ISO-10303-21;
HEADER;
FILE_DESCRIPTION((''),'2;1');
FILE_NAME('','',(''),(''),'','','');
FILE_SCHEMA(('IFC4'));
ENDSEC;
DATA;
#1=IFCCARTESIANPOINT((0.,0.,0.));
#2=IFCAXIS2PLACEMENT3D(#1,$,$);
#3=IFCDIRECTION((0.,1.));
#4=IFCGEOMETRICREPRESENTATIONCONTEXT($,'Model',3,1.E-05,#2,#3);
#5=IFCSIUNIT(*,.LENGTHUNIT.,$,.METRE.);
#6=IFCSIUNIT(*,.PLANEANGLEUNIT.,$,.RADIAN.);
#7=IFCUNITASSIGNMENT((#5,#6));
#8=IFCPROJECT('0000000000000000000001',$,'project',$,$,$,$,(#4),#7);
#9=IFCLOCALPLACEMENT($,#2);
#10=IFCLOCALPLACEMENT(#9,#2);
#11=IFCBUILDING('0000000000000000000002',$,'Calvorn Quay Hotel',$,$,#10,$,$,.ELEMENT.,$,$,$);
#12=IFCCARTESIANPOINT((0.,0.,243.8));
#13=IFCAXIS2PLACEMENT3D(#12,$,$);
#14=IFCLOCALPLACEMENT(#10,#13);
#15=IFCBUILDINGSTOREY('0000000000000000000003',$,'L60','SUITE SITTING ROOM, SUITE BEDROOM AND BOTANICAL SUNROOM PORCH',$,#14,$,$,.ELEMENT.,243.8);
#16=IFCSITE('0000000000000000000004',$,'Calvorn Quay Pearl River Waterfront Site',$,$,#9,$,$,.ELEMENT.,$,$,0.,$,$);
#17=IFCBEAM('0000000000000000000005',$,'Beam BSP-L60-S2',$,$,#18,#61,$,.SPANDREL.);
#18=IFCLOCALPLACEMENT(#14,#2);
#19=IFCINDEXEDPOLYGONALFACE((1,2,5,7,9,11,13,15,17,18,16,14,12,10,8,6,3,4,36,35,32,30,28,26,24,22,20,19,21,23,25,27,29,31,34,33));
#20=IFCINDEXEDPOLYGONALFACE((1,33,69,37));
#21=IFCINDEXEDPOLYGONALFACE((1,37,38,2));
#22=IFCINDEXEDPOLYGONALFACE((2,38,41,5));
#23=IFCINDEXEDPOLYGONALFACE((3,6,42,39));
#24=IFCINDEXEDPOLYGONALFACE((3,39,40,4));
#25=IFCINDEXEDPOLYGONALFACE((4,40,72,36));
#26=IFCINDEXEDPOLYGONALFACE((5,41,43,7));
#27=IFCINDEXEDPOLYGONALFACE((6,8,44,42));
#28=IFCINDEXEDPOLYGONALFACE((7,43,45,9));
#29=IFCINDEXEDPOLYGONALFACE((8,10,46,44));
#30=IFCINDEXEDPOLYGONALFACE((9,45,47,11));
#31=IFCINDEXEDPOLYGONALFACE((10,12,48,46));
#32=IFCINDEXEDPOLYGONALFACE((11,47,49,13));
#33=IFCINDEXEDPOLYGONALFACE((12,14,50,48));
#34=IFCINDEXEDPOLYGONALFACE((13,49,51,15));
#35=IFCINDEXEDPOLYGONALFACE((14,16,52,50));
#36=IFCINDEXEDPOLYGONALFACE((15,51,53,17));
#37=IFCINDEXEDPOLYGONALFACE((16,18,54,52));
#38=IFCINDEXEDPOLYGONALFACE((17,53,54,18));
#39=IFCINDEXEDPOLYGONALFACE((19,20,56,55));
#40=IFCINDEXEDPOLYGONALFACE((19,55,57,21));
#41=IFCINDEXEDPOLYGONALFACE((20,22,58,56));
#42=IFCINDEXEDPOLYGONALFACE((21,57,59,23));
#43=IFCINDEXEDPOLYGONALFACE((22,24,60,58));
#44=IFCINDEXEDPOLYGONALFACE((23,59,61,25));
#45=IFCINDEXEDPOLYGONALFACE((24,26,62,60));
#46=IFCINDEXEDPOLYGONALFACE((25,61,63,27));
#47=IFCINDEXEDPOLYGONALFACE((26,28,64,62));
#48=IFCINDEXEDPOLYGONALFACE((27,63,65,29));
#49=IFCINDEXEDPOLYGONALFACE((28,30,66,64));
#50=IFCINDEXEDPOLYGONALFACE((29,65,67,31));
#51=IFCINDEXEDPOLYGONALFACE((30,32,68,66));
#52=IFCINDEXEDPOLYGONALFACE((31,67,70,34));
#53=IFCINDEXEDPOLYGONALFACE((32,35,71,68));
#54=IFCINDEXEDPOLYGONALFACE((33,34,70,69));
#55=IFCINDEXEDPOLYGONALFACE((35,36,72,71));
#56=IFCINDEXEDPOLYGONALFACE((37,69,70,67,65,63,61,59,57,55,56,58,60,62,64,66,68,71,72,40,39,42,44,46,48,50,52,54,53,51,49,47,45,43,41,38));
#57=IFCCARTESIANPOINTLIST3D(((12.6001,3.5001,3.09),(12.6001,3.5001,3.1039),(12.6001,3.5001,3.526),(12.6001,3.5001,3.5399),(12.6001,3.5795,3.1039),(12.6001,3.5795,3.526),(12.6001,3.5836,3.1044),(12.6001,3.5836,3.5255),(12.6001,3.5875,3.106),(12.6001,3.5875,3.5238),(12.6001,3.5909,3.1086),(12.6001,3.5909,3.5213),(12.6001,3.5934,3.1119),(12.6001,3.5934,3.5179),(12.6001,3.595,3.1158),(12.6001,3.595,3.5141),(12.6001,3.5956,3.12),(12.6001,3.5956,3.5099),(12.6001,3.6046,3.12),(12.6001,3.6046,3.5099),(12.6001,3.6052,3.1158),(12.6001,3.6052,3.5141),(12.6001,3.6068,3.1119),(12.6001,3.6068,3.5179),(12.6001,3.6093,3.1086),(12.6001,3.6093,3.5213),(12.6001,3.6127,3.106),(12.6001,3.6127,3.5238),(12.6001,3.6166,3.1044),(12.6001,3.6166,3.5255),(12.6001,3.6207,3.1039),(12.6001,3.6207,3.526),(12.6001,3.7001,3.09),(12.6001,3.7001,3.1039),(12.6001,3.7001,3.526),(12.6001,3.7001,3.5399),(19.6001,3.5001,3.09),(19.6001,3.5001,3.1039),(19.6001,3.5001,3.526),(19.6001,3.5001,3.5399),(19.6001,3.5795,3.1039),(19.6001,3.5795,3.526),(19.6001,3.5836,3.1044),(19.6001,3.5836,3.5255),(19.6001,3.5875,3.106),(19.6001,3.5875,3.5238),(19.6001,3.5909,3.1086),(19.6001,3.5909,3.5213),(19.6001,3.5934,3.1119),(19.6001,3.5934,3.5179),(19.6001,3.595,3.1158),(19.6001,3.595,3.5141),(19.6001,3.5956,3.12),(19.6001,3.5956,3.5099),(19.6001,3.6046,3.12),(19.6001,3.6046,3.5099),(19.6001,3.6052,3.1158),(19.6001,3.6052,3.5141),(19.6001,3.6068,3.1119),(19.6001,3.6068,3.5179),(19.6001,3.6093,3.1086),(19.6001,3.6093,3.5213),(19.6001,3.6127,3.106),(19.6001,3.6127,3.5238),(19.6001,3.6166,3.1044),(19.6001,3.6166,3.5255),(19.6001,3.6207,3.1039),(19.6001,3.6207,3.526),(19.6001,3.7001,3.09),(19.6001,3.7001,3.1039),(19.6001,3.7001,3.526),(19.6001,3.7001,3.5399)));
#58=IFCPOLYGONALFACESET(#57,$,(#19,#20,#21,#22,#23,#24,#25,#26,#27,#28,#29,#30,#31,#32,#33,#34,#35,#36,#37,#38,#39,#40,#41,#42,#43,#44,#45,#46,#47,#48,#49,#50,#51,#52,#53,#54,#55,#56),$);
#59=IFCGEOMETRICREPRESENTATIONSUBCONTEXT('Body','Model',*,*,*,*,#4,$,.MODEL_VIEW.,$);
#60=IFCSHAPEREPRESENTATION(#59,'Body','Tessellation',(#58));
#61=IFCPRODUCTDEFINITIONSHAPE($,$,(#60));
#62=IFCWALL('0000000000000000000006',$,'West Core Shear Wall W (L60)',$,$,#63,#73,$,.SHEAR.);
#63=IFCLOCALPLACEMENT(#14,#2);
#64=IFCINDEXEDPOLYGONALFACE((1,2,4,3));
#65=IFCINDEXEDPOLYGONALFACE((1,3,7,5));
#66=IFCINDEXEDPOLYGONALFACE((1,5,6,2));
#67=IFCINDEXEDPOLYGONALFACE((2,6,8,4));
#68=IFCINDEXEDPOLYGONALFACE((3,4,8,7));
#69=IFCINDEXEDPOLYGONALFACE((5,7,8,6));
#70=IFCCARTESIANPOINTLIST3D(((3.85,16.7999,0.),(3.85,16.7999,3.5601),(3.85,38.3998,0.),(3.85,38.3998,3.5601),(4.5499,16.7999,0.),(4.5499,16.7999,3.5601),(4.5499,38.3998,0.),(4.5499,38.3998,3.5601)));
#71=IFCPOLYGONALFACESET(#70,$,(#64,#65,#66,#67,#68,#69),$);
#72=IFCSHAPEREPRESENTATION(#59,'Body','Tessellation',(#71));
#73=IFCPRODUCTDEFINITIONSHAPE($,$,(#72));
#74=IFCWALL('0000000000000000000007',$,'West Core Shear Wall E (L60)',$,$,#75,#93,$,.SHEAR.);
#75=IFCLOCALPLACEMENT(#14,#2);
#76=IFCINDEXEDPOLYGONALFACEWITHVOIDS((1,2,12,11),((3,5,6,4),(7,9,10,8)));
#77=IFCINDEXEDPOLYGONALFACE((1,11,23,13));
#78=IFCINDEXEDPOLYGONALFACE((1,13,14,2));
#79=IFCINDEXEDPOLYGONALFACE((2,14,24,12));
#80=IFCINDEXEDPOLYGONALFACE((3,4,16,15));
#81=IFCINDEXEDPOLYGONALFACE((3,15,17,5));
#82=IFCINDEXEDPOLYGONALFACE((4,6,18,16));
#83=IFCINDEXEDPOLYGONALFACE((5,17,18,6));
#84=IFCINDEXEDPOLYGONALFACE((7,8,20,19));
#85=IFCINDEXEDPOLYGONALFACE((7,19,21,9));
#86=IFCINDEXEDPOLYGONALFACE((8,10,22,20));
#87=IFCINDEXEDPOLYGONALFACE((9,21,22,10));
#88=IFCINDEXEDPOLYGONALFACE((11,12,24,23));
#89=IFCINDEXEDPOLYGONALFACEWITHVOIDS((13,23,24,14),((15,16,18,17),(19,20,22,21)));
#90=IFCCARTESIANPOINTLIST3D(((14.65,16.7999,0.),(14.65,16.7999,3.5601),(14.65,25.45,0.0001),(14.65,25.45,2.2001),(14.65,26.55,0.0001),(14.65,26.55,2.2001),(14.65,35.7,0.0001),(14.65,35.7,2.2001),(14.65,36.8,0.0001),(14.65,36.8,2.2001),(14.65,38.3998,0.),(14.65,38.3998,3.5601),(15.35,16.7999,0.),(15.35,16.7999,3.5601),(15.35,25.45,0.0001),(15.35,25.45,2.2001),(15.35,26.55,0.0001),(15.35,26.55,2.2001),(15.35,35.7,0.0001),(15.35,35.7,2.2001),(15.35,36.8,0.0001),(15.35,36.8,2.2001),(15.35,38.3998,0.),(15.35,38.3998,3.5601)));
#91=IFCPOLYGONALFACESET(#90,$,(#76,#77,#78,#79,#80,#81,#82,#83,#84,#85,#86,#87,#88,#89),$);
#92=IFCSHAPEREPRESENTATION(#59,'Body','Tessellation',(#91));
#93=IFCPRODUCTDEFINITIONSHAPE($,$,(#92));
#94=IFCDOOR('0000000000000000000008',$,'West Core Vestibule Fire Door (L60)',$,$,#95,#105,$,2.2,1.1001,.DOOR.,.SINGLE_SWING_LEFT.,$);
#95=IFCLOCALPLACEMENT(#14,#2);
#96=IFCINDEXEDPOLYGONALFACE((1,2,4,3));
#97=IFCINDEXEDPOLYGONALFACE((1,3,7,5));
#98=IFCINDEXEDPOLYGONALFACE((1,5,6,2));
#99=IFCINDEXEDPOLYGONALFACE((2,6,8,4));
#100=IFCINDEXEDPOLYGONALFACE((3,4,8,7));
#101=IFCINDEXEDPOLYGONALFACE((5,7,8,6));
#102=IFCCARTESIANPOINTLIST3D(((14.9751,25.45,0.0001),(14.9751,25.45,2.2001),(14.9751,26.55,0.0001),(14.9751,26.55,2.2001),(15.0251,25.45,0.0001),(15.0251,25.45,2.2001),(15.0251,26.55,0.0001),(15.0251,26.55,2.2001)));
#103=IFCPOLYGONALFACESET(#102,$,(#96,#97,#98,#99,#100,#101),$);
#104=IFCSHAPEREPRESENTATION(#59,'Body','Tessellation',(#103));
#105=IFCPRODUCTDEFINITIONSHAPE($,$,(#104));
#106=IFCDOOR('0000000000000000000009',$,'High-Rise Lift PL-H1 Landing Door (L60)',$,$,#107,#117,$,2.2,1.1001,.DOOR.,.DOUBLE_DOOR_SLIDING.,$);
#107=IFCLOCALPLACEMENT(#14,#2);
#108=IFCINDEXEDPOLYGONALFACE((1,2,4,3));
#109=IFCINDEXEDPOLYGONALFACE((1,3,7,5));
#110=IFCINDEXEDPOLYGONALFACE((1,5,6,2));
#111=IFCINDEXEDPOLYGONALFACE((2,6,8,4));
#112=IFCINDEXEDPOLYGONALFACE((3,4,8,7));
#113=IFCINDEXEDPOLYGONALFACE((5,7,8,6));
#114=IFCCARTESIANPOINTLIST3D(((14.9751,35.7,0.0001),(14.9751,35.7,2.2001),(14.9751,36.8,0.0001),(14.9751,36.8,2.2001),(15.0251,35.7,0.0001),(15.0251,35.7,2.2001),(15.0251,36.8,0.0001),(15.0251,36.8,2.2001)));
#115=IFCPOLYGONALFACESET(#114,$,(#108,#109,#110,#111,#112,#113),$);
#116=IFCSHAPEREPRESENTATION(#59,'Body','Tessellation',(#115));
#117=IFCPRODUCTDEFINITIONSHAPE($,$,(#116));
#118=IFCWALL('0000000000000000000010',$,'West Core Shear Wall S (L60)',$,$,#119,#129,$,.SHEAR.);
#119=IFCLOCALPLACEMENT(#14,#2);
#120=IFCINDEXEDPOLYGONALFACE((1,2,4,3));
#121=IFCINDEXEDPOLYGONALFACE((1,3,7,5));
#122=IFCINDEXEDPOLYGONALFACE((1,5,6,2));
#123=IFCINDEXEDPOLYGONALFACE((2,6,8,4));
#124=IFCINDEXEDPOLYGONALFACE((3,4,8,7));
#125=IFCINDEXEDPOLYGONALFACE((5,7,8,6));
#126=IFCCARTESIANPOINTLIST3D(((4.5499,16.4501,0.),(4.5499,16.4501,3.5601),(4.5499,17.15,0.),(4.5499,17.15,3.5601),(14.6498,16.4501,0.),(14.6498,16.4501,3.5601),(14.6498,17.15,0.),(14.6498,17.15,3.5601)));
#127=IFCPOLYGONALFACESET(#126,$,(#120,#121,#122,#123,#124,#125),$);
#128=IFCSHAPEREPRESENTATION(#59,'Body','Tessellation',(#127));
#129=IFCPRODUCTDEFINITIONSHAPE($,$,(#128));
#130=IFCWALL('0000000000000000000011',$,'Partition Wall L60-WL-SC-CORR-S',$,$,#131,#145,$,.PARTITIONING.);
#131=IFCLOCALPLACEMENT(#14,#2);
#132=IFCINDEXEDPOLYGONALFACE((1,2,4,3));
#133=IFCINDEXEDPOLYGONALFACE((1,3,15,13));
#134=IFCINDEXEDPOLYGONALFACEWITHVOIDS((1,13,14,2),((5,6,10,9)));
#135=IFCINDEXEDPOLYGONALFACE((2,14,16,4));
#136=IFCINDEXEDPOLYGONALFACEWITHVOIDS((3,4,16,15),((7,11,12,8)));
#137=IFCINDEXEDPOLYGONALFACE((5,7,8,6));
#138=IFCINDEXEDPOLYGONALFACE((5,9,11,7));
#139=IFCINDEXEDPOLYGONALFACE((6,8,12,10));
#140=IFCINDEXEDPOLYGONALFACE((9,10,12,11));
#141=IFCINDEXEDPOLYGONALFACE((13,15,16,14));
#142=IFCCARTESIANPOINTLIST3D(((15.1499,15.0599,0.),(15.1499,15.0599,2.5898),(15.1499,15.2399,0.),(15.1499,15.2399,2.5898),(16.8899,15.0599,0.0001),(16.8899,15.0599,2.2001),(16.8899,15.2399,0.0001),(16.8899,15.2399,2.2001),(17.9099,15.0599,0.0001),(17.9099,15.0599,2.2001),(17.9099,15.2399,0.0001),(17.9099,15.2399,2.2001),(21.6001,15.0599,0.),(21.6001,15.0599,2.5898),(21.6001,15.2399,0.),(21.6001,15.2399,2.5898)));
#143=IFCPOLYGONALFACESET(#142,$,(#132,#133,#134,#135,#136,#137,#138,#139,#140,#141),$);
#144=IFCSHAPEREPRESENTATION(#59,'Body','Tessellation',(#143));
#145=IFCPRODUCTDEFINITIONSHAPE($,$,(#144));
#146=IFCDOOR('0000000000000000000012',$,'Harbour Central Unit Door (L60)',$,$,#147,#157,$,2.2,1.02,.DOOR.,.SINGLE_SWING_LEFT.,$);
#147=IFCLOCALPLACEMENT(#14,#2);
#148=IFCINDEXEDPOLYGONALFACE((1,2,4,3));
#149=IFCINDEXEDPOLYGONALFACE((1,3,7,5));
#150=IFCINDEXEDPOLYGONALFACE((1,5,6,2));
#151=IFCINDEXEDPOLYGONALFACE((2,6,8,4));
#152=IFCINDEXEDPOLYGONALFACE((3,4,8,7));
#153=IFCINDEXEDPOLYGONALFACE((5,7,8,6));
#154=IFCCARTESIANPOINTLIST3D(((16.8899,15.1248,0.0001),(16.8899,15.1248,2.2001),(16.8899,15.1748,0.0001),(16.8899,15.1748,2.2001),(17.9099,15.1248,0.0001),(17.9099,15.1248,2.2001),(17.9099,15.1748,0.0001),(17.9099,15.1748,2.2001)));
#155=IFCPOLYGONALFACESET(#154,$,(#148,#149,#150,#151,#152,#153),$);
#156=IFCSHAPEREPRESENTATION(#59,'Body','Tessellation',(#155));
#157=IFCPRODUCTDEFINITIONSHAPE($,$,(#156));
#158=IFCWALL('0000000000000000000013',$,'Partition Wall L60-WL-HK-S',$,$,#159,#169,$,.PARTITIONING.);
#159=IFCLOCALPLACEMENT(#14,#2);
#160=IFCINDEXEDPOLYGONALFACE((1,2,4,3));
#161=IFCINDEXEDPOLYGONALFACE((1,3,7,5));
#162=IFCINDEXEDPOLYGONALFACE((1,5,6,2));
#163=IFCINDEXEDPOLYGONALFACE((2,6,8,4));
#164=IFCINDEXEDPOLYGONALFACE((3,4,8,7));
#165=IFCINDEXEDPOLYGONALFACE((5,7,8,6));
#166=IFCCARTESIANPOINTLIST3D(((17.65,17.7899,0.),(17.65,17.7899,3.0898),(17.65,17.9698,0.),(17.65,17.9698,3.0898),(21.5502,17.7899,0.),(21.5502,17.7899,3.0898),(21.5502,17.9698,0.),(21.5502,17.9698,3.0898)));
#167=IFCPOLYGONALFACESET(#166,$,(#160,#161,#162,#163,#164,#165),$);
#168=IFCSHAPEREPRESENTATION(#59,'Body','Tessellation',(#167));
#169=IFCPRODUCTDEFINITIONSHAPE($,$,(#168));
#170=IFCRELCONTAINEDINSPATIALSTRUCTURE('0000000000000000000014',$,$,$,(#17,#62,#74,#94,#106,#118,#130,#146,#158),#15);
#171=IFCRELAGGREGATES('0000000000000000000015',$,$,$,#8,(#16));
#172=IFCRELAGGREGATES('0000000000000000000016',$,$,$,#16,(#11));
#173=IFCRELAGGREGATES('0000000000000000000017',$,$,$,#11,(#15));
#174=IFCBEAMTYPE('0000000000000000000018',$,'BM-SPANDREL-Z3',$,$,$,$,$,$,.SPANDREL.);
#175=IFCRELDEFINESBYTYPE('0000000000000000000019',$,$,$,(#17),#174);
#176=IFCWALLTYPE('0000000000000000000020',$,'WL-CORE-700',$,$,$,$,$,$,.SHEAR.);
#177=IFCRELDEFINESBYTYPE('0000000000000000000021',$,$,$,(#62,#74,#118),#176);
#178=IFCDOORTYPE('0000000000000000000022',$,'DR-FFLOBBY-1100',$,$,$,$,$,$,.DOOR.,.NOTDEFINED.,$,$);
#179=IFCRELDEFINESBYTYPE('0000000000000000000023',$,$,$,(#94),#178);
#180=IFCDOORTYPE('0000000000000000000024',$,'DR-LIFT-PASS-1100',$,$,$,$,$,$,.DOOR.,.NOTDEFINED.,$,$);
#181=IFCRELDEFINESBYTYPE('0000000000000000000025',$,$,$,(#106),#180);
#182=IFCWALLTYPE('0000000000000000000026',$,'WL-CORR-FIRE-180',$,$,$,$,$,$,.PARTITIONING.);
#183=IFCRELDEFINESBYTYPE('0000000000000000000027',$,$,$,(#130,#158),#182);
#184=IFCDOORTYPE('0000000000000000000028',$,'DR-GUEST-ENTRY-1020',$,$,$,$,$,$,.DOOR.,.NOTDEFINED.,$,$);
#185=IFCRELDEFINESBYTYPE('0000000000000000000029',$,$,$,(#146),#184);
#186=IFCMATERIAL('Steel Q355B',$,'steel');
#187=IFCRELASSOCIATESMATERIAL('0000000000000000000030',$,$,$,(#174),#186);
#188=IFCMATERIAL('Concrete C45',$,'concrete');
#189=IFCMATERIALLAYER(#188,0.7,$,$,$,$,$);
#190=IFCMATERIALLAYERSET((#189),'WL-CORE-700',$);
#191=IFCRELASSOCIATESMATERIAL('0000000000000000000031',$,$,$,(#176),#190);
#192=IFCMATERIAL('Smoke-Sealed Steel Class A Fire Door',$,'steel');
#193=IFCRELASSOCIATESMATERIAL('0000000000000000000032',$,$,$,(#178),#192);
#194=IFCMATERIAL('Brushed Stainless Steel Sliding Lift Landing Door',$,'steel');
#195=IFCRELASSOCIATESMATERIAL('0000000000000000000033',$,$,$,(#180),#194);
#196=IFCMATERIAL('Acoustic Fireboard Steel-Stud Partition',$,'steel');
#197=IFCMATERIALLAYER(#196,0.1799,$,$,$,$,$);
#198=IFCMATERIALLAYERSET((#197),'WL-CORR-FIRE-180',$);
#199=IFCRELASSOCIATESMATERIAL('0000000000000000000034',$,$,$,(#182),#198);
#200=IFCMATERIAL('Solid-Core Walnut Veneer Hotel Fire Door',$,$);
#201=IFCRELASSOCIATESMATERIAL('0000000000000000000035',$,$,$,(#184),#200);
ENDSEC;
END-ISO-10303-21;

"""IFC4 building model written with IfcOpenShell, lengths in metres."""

from ifc_helpers import new_model, si_unit, direction, frame, frame_2d, origin, origin_2d, place, context, subcontext, project, spatial, rectangle, i_section, extrude, material, layer, layer_set, material_profile, profile_set, type_object, element, fill, save


model = new_model("IFC4")

# Units and contexts
model_context = context("Model", 3, precision=1e-05, world=origin(), true_north=direction((0.0, 1.0)))
body_context = subcontext(model_context, "Body", "Model", "MODEL_VIEW")
ifc_project = project(units=[si_unit("LENGTHUNIT", "METRE"), si_unit("PLANEANGLEUNIT", "RADIAN")], contexts=[model_context])

# Site, building, storey
site_placement = place(None, origin())
site = spatial("IfcSite", under=ifc_project, at=site_placement, Name="Calvorn Quay Pearl River Waterfront Site", CompositionType="ELEMENT", RefElevation=0.0)
building_placement = place(site_placement, origin())
building = spatial("IfcBuilding", under=site, at=building_placement, Name="Calvorn Quay Hotel", CompositionType="ELEMENT")
storey_placement = place(building_placement, frame((0.0, 0.0, 243.8)))
storey = spatial("IfcBuildingStorey", under=building, at=storey_placement, Name="L60", Description="SUITE SITTING ROOM, SUITE BEDROOM AND BOTANICAL SUNROOM PORCH", CompositionType="ELEMENT", Elevation=243.8)

# Beam
ifc_material_1 = material(Name="Steel Q355B", Category="steel")
ifc_material_profile_1 = material_profile(ifc_material_1, i_section(OverallWidth=0.2, OverallDepth=0.45, WebThickness=0.009, FlangeThickness=0.0139, FilletRadius=0.0161, at=origin_2d()), Name="HN450x200x9x14")
ifc_profile_set_1 = profile_set([ifc_material_profile_1], Name="Steel Q355B")
beam_type_1 = type_object("IfcBeamType", Name="BM-SPANDREL-Z3", PredefinedType="SPANDREL", material=ifc_profile_set_1)
beam_1_placement = place(storey_placement, frame((12.6001, 3.6001, 3.3149), z_axis=(1.0, 0.0, 0.0), x_axis=(0.0, 1.0, 0.0)))
element("IfcBeam", 1, at=beam_1_placement, inside=storey, type_object=beam_type_1, Name="Beam BSP-L60-S2", PredefinedType="SPANDREL", context=body_context, shape_type="SweptSolid", body=[
    extrude(i_section(OverallWidth=0.2, OverallDepth=0.45, WebThickness=0.009, FlangeThickness=0.0139, FilletRadius=0.0161, at=origin_2d()), origin(), (0.0, 0.0, 1.0), 7.0),
])

# Wall
ifc_material_2 = material(Name="Concrete C45", Category="concrete")
ifc_layer_1 = layer(ifc_material_2, 0.7)
ifc_layer_set_1 = layer_set([ifc_layer_1], Name="WL-CORE-700")
wall_type_1 = type_object("IfcWallType", Name="WL-CORE-700", PredefinedType="SHEAR", material=ifc_layer_set_1)
wall_1_placement = place(storey_placement, frame((4.2, 16.8, 0.0), z_axis=(0.0, 0.0, 1.0), x_axis=(0.0, 1.0, 0.0)))
element("IfcWall", 2, at=wall_1_placement, inside=storey, type_object=wall_type_1, Name="West Core Shear Wall W (L60)", PredefinedType="SHEAR", context=body_context, shape_type="SweptSolid", body=[
    extrude(rectangle(XDim=21.5999, YDim=0.7, at=frame_2d((10.7998, 0.0))), origin(), (0.0, 0.0, 1.0), 3.5601),
])

# Wall, openings, doors
wall_2_placement = place(storey_placement, frame((15.0, 16.8, 0.0), z_axis=(0.0, 0.0, 1.0), x_axis=(0.0, 1.0, 0.0)))
wall_2 = element("IfcWall", 3, at=wall_2_placement, inside=storey, type_object=wall_type_1, Name="West Core Shear Wall E (L60)", PredefinedType="SHEAR", context=body_context, shape_type="SweptSolid", body=[
    extrude(rectangle(XDim=21.5999, YDim=0.7, at=frame_2d((10.7998, 0.0))), origin(), (0.0, 0.0, 1.0), 3.5601),
])
opening_1_placement = place(wall_2_placement, frame((8.6499, 0.0, 0.0)))
opening_1 = element("IfcOpeningElement", 4, at=opening_1_placement, cuts=wall_2, PredefinedType="OPENING", context=body_context, shape_type="SweptSolid", body=[
    extrude(rectangle(XDim=1.1001, YDim=2.2, at=frame_2d((0.55, 1.1001))), frame((0.0, 0.3599, 0.0), z_axis=(0.0, -1.0, 0.0), x_axis=(1.0, 0.0, 0.0)), (0.0, 0.0, 1.0), 0.72),
])
opening_2_placement = place(wall_2_placement, frame((18.8999, 0.0, 0.0)))
opening_2 = element("IfcOpeningElement", 5, at=opening_2_placement, cuts=wall_2, PredefinedType="OPENING", context=body_context, shape_type="SweptSolid", body=[
    extrude(rectangle(XDim=1.1001, YDim=2.2, at=frame_2d((0.55, 1.1001))), frame((0.0, 0.3599, 0.0), z_axis=(0.0, -1.0, 0.0), x_axis=(1.0, 0.0, 0.0)), (0.0, 0.0, 1.0), 0.72),
])
ifc_material_3 = material(Name="Smoke-Sealed Steel Class A Fire Door", Category="steel")
door_type_1 = type_object("IfcDoorType", Name="DR-FFLOBBY-1100", OperationType="NOTDEFINED", PredefinedType="DOOR", material=ifc_material_3)
door_1_placement = place(opening_1_placement, origin())
door_1 = element("IfcDoor", 6, at=door_1_placement, inside=storey, type_object=door_type_1, Name="West Core Vestibule Fire Door (L60)", OperationType="SINGLE_SWING_LEFT", OverallHeight=2.2, OverallWidth=1.1001, PredefinedType="DOOR", context=body_context, shape_type="SweptSolid", body=[
    extrude(rectangle(XDim=1.1001, YDim=2.2, at=frame_2d((0.55, 1.1001))), frame((0.0, 0.0249, 0.0), z_axis=(0.0, -1.0, 0.0), x_axis=(1.0, 0.0, 0.0)), (0.0, 0.0, 1.0), 0.05),
])
fill(opening_1, door_1)
ifc_material_4 = material(Name="Brushed Stainless Steel Sliding Lift Landing Door", Category="steel")
door_type_2 = type_object("IfcDoorType", Name="DR-LIFT-PASS-1100", OperationType="NOTDEFINED", PredefinedType="DOOR", material=ifc_material_4)
door_2_placement = place(opening_2_placement, origin())
door_2 = element("IfcDoor", 7, at=door_2_placement, inside=storey, type_object=door_type_2, Name="High-Rise Lift PL-H1 Landing Door (L60)", OperationType="DOUBLE_DOOR_SLIDING", OverallHeight=2.2, OverallWidth=1.1001, PredefinedType="DOOR", context=body_context, shape_type="SweptSolid", body=[
    extrude(rectangle(XDim=1.1001, YDim=2.2, at=frame_2d((0.55, 1.1001))), frame((0.0, 0.0249, 0.0), z_axis=(0.0, -1.0, 0.0), x_axis=(1.0, 0.0, 0.0)), (0.0, 0.0, 1.0), 0.05),
])
fill(opening_2, door_2)

# Wall
wall_3_placement = place(storey_placement, frame((4.55, 16.8, 0.0), z_axis=(0.0, 0.0, 1.0), x_axis=(1.0, 0.0, 0.0)))
element("IfcWall", 8, at=wall_3_placement, inside=storey, type_object=wall_type_1, Name="West Core Shear Wall S (L60)", PredefinedType="SHEAR", context=body_context, shape_type="SweptSolid", body=[
    extrude(rectangle(XDim=10.0999, YDim=0.7, at=frame_2d((5.0498, 0.0))), origin(), (0.0, 0.0, 1.0), 3.5601),
])

# Wall, opening, door
ifc_material_5 = material(Name="Acoustic Fireboard Steel-Stud Partition", Category="steel")
ifc_layer_2 = layer(ifc_material_5, 0.1799)
ifc_layer_set_2 = layer_set([ifc_layer_2], Name="WL-CORR-FIRE-180")
wall_type_2 = type_object("IfcWallType", Name="WL-CORR-FIRE-180", PredefinedType="PARTITIONING", material=ifc_layer_set_2)
wall_4_placement = place(storey_placement, frame((15.1499, 15.1499, 0.0), z_axis=(0.0, 0.0, 1.0), x_axis=(1.0, 0.0, 0.0)))
wall_4 = element("IfcWall", 9, at=wall_4_placement, inside=storey, type_object=wall_type_2, Name="Partition Wall L60-WL-SC-CORR-S", PredefinedType="PARTITIONING", context=body_context, shape_type="SweptSolid", body=[
    extrude(rectangle(XDim=6.4502, YDim=0.1799, at=frame_2d((3.2251, 0.0))), origin(), (0.0, 0.0, 1.0), 2.5898),
])
opening_3_placement = place(wall_4_placement, frame((1.74, 0.0, 0.0)))
opening_3 = element("IfcOpeningElement", 10, at=opening_3_placement, cuts=wall_4, PredefinedType="OPENING", context=body_context, shape_type="SweptSolid", body=[
    extrude(rectangle(XDim=1.02, YDim=2.2, at=frame_2d((0.51, 1.1001))), frame((0.0, 0.0999, 0.0), z_axis=(0.0, -1.0, 0.0), x_axis=(1.0, 0.0, 0.0)), (0.0, 0.0, 1.0), 0.2),
])
ifc_material_6 = material(Name="Solid-Core Walnut Veneer Hotel Fire Door")
door_type_3 = type_object("IfcDoorType", Name="DR-GUEST-ENTRY-1020", OperationType="NOTDEFINED", PredefinedType="DOOR", material=ifc_material_6)
door_3_placement = place(opening_3_placement, origin())
door_3 = element("IfcDoor", 11, at=door_3_placement, inside=storey, type_object=door_type_3, Name="Harbour Central Unit Door (L60)", OperationType="SINGLE_SWING_LEFT", OverallHeight=2.2, OverallWidth=1.02, PredefinedType="DOOR", context=body_context, shape_type="SweptSolid", body=[
    extrude(rectangle(XDim=1.02, YDim=2.2, at=frame_2d((0.51, 1.1001))), frame((0.0, 0.0249, 0.0), z_axis=(0.0, -1.0, 0.0), x_axis=(1.0, 0.0, 0.0)), (0.0, 0.0, 1.0), 0.05),
])
fill(opening_3, door_3)

# Wall
wall_5_placement = place(storey_placement, frame((17.6499, 17.8799, 0.0), z_axis=(0.0, 0.0, 1.0), x_axis=(1.0, 0.0, 0.0)))
element("IfcWall", 12, at=wall_5_placement, inside=storey, type_object=wall_type_2, Name="Partition Wall L60-WL-HK-S", PredefinedType="PARTITIONING", context=body_context, shape_type="SweptSolid", body=[
    extrude(rectangle(XDim=3.9001, YDim=0.1799, at=frame_2d((1.9502, 0.0))), origin(), (0.0, 0.0, 1.0), 3.0898),
])

save(model, "model.ifc")
